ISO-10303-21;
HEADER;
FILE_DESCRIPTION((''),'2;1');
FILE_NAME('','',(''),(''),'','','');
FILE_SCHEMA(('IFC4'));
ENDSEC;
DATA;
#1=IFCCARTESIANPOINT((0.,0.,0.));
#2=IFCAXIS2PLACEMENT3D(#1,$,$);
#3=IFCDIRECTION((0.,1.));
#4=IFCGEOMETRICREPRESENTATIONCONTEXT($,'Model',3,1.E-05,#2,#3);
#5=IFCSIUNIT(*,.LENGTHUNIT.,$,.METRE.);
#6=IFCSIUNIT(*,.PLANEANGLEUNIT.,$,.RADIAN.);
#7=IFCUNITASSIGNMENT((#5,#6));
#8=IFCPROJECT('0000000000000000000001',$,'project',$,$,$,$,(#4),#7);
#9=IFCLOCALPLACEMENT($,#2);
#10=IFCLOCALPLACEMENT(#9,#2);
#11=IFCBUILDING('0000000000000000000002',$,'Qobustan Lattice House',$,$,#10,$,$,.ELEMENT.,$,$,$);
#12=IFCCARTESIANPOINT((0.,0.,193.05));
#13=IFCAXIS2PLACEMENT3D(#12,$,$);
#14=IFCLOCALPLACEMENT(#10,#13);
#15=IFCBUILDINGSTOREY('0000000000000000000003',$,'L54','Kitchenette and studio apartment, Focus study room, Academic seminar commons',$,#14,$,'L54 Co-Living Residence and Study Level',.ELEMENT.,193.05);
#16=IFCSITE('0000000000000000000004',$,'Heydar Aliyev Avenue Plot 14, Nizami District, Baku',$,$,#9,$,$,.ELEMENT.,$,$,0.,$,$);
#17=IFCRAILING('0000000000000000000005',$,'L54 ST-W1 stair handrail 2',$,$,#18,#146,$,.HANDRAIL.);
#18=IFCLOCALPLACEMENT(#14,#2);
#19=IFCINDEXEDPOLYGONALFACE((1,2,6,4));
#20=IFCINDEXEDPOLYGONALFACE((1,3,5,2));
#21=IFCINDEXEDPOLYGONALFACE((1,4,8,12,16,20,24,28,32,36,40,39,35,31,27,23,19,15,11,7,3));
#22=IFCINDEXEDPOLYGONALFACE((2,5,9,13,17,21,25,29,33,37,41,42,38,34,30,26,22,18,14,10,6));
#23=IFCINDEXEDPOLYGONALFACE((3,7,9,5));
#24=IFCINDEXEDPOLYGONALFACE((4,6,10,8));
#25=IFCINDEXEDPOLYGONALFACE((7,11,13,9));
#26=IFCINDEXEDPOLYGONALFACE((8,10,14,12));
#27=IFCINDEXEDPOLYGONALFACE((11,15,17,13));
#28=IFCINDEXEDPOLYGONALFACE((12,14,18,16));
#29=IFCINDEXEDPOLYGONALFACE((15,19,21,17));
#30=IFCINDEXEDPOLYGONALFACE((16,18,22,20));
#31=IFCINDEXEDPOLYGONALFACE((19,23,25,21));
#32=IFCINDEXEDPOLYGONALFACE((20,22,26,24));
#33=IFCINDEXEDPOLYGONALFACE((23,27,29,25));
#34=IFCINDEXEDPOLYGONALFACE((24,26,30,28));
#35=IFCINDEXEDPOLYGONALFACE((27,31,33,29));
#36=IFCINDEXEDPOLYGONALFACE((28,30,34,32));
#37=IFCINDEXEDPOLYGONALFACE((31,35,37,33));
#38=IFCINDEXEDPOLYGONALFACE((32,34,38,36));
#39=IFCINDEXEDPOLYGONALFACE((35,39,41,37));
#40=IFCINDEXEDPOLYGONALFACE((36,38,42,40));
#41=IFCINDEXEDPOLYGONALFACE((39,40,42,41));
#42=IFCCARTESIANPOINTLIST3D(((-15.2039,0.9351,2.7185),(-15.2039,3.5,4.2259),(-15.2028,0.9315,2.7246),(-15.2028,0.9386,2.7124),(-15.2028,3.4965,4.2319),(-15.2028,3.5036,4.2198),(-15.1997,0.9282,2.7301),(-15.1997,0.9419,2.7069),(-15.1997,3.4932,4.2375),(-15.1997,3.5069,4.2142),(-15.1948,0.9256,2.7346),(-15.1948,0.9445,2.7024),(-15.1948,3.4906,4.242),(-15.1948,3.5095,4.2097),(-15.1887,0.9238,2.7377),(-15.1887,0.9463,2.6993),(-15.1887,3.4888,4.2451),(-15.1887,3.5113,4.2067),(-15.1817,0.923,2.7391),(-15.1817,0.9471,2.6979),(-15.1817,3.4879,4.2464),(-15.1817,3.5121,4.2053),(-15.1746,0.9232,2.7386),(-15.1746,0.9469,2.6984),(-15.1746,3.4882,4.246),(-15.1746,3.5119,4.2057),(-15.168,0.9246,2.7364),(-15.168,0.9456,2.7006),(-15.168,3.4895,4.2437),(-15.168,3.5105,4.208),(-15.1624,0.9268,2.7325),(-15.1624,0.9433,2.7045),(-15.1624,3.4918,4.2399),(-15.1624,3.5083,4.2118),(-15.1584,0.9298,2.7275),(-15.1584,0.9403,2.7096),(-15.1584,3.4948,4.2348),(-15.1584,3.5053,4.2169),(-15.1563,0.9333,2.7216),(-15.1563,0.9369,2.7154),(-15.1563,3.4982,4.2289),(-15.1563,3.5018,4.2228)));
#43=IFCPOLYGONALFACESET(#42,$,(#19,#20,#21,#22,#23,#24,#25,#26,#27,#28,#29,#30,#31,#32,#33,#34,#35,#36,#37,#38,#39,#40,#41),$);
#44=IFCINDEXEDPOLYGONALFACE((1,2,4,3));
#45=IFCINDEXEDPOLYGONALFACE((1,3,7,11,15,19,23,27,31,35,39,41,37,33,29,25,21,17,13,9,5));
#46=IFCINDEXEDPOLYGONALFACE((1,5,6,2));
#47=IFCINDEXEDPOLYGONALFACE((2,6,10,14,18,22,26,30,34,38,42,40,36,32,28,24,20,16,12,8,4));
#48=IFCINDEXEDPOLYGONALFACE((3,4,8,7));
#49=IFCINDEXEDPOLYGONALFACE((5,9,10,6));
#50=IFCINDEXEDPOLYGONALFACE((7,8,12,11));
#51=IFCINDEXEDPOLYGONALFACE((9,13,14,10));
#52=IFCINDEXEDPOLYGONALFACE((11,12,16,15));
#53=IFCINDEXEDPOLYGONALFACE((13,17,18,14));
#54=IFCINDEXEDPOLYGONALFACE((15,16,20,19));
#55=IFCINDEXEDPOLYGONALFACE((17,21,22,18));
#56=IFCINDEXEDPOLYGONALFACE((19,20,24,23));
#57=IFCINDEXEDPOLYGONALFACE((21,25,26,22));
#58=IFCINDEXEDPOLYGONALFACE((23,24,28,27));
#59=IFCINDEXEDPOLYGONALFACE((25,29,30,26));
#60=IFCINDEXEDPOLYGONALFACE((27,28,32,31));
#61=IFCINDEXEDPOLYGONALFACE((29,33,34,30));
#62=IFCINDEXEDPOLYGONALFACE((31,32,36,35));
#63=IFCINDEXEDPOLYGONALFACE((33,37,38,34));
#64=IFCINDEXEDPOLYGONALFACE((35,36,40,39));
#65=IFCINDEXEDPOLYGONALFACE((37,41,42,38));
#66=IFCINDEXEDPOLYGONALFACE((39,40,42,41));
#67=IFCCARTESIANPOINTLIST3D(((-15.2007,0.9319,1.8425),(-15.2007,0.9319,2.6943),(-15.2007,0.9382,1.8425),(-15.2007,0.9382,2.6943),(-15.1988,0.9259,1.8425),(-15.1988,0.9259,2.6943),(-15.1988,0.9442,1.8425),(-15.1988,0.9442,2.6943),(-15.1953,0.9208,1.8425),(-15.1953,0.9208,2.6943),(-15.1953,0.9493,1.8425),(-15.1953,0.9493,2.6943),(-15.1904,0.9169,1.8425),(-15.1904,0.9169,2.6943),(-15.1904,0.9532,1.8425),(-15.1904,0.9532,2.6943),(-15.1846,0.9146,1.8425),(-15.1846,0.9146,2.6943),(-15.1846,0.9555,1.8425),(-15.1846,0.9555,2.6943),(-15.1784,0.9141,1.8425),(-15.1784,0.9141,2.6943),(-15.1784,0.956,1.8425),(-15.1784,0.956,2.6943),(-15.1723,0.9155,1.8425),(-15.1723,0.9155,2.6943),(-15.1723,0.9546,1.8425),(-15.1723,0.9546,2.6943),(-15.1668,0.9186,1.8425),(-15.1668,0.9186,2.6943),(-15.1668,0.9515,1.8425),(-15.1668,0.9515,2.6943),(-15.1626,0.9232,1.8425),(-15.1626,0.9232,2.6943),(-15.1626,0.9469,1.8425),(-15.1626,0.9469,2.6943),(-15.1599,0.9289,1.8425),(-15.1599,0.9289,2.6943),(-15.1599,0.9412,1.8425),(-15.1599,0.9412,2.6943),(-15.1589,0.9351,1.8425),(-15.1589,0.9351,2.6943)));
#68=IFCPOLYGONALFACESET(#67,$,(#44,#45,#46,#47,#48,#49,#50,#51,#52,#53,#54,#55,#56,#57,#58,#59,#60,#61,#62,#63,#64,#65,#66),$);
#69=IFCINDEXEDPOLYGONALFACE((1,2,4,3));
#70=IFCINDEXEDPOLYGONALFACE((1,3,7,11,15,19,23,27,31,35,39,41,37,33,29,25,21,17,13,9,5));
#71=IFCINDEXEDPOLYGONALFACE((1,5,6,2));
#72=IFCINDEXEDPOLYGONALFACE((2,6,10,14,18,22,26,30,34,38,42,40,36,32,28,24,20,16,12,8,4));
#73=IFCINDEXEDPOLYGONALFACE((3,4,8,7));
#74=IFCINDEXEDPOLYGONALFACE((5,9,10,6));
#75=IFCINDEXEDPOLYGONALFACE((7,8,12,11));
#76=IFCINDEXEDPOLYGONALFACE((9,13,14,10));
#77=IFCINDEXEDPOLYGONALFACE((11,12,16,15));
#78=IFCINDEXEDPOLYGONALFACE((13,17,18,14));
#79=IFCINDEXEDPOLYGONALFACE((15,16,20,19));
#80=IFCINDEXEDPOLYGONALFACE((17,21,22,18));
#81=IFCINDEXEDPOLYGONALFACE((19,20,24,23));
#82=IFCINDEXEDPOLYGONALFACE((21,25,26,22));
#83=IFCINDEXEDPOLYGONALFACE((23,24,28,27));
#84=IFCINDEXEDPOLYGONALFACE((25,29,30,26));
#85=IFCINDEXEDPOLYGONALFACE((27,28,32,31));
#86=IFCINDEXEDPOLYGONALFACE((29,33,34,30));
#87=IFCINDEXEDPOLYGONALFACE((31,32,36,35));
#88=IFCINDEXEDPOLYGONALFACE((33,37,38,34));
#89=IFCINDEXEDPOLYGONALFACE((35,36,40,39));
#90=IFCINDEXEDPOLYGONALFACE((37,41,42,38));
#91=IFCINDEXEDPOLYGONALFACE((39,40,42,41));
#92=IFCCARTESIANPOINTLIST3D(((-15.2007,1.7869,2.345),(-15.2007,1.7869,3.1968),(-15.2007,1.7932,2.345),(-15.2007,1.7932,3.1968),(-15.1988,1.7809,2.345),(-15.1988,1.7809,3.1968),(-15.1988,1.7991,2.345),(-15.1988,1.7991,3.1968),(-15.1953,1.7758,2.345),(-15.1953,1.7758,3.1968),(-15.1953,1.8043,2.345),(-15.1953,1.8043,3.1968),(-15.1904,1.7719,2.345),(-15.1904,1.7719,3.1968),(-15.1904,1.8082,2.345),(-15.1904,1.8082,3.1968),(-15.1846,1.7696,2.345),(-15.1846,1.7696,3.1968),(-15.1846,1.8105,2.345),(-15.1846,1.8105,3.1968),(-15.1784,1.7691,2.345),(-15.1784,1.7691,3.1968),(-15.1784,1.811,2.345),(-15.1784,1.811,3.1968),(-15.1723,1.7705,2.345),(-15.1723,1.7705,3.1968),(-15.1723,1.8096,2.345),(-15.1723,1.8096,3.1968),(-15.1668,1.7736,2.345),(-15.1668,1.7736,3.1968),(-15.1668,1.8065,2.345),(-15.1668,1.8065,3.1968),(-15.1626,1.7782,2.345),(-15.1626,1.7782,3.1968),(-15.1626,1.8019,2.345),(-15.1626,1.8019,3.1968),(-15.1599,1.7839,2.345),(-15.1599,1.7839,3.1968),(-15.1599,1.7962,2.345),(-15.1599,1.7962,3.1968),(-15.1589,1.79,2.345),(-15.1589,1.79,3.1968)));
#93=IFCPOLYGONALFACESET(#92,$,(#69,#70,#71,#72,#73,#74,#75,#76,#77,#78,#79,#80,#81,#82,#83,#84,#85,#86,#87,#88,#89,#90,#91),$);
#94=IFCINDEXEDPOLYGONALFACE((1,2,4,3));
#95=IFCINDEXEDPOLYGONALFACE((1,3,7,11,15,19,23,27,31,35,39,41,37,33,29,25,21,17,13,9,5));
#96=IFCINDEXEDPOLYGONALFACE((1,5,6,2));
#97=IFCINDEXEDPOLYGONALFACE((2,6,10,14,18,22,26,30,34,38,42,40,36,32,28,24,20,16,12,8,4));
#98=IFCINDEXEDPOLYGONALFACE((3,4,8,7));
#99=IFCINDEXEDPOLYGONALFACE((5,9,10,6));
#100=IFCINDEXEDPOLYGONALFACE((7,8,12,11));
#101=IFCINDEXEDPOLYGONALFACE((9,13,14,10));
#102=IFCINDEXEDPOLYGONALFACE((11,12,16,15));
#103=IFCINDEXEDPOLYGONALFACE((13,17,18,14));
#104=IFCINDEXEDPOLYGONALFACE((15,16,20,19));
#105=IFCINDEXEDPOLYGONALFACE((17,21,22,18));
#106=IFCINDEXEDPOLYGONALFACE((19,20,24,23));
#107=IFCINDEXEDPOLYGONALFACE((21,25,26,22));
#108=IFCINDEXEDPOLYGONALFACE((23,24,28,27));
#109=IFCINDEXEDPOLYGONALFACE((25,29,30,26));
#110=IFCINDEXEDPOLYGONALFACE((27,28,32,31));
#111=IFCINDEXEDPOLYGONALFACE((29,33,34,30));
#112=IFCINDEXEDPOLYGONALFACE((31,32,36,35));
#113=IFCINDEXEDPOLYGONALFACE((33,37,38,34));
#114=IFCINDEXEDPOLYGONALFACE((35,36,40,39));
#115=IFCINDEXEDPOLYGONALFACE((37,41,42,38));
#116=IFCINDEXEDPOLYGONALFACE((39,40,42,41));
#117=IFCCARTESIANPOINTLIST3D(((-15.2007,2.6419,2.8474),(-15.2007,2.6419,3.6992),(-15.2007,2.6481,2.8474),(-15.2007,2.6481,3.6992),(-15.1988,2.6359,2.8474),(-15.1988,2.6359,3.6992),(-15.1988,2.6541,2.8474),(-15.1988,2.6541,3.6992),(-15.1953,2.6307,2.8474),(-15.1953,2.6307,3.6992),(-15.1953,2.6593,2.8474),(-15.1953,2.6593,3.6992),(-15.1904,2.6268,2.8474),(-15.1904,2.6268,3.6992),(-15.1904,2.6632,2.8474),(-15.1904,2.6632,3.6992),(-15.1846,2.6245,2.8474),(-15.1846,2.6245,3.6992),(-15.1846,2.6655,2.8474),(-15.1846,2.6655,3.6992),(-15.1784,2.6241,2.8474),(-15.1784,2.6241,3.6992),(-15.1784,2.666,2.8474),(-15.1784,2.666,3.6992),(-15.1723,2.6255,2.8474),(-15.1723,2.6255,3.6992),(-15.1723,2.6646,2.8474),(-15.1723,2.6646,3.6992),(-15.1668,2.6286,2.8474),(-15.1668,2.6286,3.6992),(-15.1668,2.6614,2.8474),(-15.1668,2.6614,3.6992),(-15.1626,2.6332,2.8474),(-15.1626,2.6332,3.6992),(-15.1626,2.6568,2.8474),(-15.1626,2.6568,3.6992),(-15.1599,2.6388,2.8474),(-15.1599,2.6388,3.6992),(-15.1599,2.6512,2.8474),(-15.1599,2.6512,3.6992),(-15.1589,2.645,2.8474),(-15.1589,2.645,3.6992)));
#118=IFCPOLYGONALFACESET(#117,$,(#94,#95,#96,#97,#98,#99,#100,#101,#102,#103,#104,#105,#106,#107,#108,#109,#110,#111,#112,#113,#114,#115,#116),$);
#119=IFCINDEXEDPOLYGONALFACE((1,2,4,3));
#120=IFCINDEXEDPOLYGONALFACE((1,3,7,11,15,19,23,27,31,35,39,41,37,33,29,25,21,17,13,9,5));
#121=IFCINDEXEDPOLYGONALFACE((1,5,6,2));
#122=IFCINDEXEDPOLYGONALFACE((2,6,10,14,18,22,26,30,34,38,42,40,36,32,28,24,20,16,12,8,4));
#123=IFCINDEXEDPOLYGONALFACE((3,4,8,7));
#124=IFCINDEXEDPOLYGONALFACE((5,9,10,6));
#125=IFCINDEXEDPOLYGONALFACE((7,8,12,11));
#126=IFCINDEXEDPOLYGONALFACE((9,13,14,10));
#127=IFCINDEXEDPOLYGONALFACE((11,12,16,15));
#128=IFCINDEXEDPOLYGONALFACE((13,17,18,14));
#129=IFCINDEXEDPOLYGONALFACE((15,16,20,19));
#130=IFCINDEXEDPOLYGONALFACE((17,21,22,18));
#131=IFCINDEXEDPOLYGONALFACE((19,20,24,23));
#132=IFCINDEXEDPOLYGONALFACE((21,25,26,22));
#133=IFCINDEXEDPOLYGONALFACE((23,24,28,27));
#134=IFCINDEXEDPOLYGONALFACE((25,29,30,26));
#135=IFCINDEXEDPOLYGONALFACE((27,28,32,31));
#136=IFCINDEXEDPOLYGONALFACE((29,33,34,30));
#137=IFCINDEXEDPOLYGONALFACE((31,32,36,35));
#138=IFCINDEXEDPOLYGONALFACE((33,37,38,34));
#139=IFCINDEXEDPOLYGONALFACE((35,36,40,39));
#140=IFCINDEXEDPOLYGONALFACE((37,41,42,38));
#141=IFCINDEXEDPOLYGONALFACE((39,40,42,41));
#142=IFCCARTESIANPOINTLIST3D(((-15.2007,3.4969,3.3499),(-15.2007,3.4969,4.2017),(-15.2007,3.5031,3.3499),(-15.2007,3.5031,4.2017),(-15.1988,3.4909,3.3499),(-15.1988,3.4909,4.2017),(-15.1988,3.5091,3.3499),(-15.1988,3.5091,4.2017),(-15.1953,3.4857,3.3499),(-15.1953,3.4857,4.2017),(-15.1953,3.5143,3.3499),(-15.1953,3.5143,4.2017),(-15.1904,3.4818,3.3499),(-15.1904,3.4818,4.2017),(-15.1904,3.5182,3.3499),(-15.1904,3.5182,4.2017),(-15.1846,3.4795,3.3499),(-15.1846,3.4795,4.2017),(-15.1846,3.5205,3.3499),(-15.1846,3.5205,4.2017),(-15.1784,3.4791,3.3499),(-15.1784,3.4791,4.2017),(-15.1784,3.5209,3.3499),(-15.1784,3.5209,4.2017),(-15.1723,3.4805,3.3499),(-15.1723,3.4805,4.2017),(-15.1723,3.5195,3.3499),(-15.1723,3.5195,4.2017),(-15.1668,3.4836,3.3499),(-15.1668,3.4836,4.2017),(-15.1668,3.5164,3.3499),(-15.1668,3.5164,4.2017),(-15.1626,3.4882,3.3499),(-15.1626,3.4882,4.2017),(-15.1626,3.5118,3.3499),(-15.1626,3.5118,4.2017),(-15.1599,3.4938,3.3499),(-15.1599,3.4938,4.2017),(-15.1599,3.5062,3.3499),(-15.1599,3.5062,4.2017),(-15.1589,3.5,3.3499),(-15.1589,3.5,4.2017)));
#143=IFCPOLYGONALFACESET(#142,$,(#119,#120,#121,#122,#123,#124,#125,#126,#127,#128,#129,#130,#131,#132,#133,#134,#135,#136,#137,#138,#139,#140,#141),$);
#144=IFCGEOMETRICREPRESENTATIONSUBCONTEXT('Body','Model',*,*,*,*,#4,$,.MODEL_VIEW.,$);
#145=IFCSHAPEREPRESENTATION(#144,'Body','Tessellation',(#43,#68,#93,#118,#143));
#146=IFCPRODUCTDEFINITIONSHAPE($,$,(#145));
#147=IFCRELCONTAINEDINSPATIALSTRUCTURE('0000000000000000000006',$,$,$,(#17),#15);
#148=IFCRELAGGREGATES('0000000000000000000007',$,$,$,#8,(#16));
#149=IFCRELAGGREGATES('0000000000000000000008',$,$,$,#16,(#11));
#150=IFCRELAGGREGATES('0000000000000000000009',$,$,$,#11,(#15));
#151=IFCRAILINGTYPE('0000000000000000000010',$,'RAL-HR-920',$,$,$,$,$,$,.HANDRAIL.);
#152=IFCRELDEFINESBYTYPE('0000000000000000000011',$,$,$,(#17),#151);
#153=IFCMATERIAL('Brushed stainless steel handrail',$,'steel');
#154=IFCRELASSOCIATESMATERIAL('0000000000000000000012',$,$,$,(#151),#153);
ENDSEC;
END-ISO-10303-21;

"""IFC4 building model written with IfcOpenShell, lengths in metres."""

from ifc_helpers import new_model, si_unit, direction, frame, origin, origin_2d, place, context, subcontext, project, spatial, circle, extrude, material, type_object, element, save


model = new_model("IFC4")

# Units and contexts
model_context = context("Model", 3, precision=1e-05, world=origin(), true_north=direction((0.0, 1.0)))
body_context = subcontext(model_context, "Body", "Model", "MODEL_VIEW")
ifc_project = project(units=[si_unit("LENGTHUNIT", "METRE"), si_unit("PLANEANGLEUNIT", "RADIAN")], contexts=[model_context])

# Site, building, storey
site_placement = place(None, origin())
site = spatial("IfcSite", under=ifc_project, at=site_placement, Name="Heydar Aliyev Avenue Plot 14, Nizami District, Baku", CompositionType="ELEMENT", RefElevation=0.0)
building_placement = place(site_placement, origin())
building = spatial("IfcBuilding", under=site, at=building_placement, Name="Qobustan Lattice House", CompositionType="ELEMENT")
storey_placement = place(building_placement, frame((0.0, 0.0, 193.05)))
storey = spatial("IfcBuildingStorey", under=building, at=storey_placement, Name="L54", Description="Kitchenette and studio apartment, Focus study room, Academic seminar commons", LongName="L54 Co-Living Residence and Study Level", CompositionType="ELEMENT", Elevation=193.05)

# Railing
ifc_material_1 = material(Name="Brushed stainless steel handrail", Category="steel")
railing_type = type_object("IfcRailingType", Name="RAL-HR-920", PredefinedType="HANDRAIL", material=ifc_material_1)
railing_placement = place(storey_placement, frame((-15.1799, 0.9351, 1.8425)))
element("IfcRailing", 1, at=railing_placement, inside=storey, type_object=railing_type, Name="L54 ST-W1 stair handrail 2", PredefinedType="HANDRAIL", context=body_context, shape_type="SweptSolid", body=[
    extrude(circle(Radius=0.0239, at=origin_2d()), frame((0.0, 0.0, 0.876), z_axis=(0.0, 0.862149, 0.506654), x_axis=(-1.0, 0.0, 0.0)), (0.0, 0.0, 1.0), 2.9751),
    extrude(circle(Radius=0.021, at=origin_2d()), origin(), (0.0, 0.0, 1.0), 0.8518),
    extrude(circle(Radius=0.021, at=origin_2d()), frame((0.0, 0.855, 0.5024)), (0.0, 0.0, 1.0), 0.8518),
    extrude(circle(Radius=0.021, at=origin_2d()), frame((0.0, 1.71, 1.0049)), (0.0, 0.0, 1.0), 0.8518),
    extrude(circle(Radius=0.021, at=origin_2d()), frame((0.0, 2.5649, 1.5073)), (0.0, 0.0, 1.0), 0.8518),
])

save(model, "model.ifc")
